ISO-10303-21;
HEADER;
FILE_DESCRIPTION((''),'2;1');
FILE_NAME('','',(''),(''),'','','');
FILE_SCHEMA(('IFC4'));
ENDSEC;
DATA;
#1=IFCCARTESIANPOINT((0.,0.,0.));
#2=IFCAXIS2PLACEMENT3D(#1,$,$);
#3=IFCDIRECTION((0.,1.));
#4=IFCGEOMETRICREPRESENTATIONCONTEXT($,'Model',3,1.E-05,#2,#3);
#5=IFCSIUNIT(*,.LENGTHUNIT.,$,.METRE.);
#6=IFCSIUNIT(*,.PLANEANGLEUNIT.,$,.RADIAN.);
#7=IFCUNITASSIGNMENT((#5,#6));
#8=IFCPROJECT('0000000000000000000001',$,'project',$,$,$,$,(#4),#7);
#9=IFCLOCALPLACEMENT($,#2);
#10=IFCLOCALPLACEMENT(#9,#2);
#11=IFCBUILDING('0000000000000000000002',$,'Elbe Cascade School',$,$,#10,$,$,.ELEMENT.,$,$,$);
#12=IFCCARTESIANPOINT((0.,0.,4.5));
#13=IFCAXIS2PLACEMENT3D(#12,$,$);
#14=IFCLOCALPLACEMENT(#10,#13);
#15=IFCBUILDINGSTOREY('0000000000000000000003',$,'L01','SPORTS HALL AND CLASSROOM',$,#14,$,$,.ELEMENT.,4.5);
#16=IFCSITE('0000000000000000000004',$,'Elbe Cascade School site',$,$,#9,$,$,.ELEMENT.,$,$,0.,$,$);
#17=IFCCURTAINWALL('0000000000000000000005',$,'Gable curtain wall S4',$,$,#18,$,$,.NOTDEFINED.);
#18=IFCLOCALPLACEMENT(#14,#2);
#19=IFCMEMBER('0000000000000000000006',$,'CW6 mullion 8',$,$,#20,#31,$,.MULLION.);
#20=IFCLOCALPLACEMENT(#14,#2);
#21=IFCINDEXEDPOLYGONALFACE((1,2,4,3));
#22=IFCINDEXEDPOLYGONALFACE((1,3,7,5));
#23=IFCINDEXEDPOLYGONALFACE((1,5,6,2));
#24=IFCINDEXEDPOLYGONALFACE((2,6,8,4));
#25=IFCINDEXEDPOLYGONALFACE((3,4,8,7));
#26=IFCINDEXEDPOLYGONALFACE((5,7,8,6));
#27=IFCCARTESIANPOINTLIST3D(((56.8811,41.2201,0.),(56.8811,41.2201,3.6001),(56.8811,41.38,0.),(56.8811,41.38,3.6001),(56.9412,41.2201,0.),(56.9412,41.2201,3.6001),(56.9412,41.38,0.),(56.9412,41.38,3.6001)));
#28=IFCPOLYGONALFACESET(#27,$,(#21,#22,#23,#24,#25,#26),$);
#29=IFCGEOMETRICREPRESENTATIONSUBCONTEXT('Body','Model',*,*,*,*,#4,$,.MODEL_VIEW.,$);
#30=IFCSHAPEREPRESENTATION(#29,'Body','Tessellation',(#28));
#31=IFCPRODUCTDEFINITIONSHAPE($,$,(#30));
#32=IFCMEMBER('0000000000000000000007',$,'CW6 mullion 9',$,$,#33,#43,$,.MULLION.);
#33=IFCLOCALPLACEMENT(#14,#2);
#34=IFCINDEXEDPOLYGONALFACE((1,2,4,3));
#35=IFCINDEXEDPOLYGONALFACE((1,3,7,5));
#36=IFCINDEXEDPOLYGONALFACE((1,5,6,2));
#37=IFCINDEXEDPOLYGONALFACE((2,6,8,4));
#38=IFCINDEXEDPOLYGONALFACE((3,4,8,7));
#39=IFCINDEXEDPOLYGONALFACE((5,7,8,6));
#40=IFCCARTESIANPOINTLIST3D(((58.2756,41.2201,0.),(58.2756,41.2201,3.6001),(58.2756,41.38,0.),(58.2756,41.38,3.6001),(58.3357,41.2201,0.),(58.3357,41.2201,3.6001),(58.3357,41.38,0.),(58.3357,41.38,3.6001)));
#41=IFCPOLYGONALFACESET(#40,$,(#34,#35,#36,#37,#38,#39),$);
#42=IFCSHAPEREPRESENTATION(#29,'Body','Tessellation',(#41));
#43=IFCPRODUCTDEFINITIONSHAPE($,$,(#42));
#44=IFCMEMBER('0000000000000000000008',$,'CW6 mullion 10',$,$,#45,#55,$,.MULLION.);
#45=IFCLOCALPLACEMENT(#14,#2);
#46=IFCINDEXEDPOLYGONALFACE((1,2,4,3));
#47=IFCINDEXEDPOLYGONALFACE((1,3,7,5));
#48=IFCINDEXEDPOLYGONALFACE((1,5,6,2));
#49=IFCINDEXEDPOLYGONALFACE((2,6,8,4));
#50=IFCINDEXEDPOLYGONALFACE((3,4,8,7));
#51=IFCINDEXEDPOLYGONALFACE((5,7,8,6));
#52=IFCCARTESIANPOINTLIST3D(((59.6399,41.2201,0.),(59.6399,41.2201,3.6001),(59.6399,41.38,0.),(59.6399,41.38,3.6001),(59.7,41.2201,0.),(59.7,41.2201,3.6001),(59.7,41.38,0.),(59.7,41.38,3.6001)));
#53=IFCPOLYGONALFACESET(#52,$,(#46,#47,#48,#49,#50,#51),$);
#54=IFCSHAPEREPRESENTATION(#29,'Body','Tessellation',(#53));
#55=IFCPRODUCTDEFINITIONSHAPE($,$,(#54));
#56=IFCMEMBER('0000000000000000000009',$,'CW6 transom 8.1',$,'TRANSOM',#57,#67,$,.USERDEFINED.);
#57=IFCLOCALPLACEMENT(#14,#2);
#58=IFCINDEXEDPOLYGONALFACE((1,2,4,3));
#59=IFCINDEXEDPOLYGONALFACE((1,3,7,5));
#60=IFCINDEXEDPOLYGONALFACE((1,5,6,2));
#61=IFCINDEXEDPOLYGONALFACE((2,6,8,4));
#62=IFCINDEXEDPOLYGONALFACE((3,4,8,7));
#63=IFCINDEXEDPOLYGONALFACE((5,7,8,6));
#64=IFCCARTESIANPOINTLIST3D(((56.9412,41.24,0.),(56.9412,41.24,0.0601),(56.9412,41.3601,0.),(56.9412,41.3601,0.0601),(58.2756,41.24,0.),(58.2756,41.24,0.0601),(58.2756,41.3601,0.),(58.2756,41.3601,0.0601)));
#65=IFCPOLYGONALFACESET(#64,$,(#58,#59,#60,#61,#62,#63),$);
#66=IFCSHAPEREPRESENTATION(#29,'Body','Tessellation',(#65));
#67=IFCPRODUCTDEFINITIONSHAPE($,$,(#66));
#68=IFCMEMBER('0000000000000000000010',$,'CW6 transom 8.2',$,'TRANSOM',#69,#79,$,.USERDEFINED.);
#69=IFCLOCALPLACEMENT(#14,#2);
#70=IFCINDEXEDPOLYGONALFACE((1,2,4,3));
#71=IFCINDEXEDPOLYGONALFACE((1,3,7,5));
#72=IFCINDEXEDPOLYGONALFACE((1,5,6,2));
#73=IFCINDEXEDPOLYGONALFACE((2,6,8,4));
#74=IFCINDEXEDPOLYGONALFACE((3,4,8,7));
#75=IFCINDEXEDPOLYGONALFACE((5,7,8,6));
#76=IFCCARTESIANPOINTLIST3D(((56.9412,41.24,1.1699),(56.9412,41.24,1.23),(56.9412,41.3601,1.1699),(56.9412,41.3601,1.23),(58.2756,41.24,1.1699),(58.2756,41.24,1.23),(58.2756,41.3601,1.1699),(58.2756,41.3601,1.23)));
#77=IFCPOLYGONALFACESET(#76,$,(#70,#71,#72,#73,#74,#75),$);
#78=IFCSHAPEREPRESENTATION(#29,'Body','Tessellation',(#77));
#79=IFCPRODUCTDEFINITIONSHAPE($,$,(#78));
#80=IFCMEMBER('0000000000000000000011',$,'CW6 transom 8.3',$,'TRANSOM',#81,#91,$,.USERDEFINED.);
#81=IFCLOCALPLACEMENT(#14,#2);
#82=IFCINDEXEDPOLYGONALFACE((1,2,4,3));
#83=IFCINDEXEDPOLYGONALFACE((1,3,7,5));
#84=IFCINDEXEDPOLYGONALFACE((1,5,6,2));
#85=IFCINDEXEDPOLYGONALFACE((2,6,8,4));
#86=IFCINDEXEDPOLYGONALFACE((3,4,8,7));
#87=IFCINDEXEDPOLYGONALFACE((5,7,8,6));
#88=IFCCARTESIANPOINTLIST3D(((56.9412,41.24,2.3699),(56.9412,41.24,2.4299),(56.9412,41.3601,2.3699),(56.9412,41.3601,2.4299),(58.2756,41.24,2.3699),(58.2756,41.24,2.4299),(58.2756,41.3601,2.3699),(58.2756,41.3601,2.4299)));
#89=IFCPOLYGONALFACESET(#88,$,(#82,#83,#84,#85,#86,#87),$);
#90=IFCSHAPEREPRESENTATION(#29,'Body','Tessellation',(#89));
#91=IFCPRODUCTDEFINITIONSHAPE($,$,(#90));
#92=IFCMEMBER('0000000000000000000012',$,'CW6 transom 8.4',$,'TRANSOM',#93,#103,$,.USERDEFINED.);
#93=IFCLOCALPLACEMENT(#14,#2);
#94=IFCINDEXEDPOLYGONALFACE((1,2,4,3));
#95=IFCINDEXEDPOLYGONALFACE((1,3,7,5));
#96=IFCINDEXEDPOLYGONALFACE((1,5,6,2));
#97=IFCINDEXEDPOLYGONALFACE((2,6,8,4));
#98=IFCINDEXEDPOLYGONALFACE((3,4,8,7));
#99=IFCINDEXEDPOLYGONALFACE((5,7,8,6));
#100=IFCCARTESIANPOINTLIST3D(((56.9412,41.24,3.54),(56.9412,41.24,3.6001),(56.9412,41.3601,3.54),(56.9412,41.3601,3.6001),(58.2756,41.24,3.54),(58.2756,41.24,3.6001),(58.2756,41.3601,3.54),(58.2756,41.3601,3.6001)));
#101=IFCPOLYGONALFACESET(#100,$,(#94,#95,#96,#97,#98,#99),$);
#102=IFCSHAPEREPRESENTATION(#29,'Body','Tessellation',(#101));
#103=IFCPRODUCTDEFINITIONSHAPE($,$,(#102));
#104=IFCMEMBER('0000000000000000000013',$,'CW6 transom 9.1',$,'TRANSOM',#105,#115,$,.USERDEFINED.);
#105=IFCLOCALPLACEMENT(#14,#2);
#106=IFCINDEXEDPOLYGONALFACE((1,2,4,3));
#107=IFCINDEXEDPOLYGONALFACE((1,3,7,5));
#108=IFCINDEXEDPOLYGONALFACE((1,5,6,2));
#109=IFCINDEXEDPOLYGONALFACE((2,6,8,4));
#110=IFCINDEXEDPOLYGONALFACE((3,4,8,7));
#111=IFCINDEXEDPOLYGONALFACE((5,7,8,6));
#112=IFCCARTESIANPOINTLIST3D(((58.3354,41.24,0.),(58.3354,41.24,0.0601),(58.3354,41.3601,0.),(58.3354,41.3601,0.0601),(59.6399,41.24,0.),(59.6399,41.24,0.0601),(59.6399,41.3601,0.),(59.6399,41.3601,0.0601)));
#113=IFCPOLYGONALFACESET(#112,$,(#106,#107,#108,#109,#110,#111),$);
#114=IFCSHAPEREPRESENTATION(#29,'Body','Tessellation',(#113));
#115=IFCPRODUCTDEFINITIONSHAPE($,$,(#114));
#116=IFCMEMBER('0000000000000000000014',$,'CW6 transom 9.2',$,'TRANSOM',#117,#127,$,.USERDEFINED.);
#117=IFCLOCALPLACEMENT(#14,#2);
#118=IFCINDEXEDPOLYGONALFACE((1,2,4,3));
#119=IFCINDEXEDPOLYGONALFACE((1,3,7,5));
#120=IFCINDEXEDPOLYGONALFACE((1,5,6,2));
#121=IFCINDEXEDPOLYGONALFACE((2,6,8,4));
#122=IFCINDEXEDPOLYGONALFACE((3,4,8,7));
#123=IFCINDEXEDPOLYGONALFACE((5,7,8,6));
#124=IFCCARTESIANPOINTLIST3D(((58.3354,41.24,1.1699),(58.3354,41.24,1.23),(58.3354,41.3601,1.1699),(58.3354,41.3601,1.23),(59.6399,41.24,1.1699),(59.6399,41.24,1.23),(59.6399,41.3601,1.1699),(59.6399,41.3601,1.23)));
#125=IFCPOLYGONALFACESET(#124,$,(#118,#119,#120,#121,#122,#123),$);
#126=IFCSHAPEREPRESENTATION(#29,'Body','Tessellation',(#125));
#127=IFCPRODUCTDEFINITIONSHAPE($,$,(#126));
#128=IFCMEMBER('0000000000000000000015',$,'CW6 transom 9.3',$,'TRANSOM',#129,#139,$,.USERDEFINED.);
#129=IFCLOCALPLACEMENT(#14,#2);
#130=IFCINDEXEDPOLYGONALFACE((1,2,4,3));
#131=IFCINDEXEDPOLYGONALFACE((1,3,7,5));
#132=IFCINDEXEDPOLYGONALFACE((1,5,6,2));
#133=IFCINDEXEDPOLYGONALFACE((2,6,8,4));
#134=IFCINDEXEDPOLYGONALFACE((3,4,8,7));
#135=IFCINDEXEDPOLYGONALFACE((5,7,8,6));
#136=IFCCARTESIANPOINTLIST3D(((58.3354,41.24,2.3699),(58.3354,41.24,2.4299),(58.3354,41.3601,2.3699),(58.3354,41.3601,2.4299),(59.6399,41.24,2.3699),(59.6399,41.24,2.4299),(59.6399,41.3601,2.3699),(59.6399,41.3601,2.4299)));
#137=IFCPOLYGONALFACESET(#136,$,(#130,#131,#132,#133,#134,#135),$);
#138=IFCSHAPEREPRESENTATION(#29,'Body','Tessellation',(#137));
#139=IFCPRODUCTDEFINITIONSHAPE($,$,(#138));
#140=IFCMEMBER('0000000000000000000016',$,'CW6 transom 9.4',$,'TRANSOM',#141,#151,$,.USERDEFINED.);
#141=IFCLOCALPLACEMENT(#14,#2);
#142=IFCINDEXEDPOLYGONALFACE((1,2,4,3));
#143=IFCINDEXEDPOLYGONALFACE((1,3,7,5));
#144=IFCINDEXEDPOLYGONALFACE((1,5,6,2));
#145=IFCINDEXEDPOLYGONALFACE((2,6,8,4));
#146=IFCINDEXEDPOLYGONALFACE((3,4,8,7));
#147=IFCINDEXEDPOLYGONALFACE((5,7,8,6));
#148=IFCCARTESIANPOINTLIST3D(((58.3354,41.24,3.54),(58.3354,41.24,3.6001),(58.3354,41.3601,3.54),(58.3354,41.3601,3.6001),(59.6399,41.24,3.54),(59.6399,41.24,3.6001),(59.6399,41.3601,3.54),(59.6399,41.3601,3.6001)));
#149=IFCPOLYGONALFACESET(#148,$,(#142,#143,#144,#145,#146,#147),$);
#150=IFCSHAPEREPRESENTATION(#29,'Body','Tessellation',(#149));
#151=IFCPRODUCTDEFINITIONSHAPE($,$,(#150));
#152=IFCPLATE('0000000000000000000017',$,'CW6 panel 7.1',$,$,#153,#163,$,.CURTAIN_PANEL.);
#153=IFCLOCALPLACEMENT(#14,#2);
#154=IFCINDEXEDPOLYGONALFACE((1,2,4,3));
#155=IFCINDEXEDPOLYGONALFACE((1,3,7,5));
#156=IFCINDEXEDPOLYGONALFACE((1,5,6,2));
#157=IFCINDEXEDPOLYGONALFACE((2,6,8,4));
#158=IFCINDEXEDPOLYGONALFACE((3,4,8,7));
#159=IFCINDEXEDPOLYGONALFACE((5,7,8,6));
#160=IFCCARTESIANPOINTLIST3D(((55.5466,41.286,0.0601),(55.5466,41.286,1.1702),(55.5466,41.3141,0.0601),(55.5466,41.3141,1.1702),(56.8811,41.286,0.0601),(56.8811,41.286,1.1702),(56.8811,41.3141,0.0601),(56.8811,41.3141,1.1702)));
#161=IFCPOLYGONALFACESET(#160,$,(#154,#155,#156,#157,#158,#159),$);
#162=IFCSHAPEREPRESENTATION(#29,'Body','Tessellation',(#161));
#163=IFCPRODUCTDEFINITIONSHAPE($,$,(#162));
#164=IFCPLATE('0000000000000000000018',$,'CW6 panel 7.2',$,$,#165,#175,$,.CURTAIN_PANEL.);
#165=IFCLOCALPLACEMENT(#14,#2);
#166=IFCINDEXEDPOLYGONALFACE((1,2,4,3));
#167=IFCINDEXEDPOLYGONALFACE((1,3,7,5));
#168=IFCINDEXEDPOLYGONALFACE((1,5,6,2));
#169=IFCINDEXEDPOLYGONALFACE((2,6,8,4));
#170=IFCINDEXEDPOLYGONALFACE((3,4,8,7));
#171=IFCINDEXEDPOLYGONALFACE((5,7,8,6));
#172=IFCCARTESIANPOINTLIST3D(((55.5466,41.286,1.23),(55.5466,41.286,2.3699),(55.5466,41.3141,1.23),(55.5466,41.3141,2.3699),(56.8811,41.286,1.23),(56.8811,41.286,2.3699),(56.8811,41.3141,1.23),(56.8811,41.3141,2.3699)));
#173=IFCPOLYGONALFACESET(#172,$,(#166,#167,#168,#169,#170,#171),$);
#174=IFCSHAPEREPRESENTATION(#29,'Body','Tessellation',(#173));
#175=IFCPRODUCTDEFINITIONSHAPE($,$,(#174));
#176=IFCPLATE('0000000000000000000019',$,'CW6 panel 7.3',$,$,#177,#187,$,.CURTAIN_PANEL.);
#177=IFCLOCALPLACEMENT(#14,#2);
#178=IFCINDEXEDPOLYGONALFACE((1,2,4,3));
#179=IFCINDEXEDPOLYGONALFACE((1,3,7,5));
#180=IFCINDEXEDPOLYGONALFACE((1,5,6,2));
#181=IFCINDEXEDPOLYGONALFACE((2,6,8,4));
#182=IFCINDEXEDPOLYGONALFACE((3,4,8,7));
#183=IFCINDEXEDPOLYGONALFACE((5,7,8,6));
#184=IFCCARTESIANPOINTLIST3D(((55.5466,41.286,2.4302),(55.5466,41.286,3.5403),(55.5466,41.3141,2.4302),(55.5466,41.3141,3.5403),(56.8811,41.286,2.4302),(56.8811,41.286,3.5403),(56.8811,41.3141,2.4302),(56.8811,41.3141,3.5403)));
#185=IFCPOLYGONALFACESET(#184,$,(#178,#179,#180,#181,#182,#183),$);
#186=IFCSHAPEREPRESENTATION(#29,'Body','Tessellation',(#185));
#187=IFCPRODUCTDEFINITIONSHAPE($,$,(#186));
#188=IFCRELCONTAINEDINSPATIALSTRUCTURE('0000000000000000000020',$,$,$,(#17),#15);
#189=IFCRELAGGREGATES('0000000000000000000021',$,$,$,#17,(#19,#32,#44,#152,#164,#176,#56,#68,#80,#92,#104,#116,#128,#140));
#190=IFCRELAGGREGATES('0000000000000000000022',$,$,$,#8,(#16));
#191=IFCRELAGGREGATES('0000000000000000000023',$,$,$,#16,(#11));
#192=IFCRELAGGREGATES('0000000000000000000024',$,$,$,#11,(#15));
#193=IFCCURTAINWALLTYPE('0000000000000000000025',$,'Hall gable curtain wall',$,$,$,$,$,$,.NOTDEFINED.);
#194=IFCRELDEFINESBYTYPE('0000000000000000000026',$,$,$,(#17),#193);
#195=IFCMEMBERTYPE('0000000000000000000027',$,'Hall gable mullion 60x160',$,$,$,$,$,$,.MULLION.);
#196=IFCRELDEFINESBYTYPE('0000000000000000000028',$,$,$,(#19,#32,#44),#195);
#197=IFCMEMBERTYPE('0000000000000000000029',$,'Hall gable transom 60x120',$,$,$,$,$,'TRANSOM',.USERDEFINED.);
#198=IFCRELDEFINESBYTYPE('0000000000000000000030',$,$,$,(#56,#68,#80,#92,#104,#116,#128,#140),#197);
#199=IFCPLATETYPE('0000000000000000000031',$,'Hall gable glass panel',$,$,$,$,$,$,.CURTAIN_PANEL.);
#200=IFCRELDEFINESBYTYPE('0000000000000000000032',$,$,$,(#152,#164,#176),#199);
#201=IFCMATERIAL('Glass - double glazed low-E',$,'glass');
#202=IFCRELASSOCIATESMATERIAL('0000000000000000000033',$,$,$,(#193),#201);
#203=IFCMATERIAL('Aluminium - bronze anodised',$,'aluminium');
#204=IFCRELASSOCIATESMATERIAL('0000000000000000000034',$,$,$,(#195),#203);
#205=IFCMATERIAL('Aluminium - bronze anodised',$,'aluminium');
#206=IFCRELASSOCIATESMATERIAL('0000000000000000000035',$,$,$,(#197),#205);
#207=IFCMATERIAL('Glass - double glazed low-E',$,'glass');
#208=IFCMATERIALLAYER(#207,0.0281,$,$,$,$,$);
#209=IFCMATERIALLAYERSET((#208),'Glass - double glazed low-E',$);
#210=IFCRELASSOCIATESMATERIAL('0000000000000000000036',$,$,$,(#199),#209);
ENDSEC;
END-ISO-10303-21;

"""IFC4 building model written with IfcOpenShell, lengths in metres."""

from ifc_helpers import new_model, si_unit, direction, frame, origin, origin_2d, place, context, subcontext, project, spatial, rectangle, extrude, material, layer, layer_set, material_profile, profile_set, type_object, element, aggregate, save


model = new_model("IFC4")

# Units and contexts
model_context = context("Model", 3, precision=1e-05, world=origin(), true_north=direction((0.0, 1.0)))
body_context = subcontext(model_context, "Body", "Model", "MODEL_VIEW")
ifc_project = project(units=[si_unit("LENGTHUNIT", "METRE"), si_unit("PLANEANGLEUNIT", "RADIAN")], contexts=[model_context])

# Site, building, storey
site_placement = place(None, origin())
site = spatial("IfcSite", under=ifc_project, at=site_placement, Name="Elbe Cascade School site", CompositionType="ELEMENT", RefElevation=0.0)
building_placement = place(site_placement, origin())
building = spatial("IfcBuilding", under=site, at=building_placement, Name="Elbe Cascade School", CompositionType="ELEMENT")
storey_placement = place(building_placement, frame((0.0, 0.0, 4.5)))
storey = spatial("IfcBuildingStorey", under=building, at=storey_placement, Name="L01", Description="SPORTS HALL AND CLASSROOM", CompositionType="ELEMENT", Elevation=4.5)

# Curtain wall, members, plates
ifc_material_1 = material(Name="Glass - double glazed low-E", Category="glass")
curtain_wall_type = type_object("IfcCurtainWallType", Name="Hall gable curtain wall", PredefinedType="NOTDEFINED", material=ifc_material_1)
curtain_wall_placement = place(storey_placement, origin())
curtain_wall = element("IfcCurtainWall", 1, at=curtain_wall_placement, inside=storey, type_object=curtain_wall_type, Name="Gable curtain wall S4", PredefinedType="NOTDEFINED")
ifc_material_2 = material(Name="Aluminium - bronze anodised", Category="aluminium")
ifc_material_profile_1 = material_profile(ifc_material_2, rectangle(XDim=0.1599, YDim=0.0601, at=origin_2d()), Name="Alu 60x160")
ifc_profile_set_1 = profile_set([ifc_material_profile_1], Name="Aluminium - bronze anodised")
member_type_1 = type_object("IfcMemberType", Name="Hall gable mullion 60x160", PredefinedType="MULLION", material=ifc_profile_set_1)
member_1_placement = place(storey_placement, frame((56.9111, 41.3, 0.0), z_axis=(0.0, 0.0, 1.0), x_axis=(0.0, 1.0, 0.0)))
member_1 = element("IfcMember", 2, at=member_1_placement, type_object=member_type_1, Name="CW6 mullion 8", PredefinedType="MULLION", context=body_context, shape_type="SweptSolid", body=[
    extrude(rectangle(XDim=0.1599, YDim=0.0601, at=origin_2d()), origin(), (0.0, 0.0, 1.0), 3.6001),
])
member_2_placement = place(storey_placement, frame((58.3057, 41.3, 0.0), z_axis=(0.0, 0.0, 1.0), x_axis=(0.0, 1.0, 0.0)))
member_2 = element("IfcMember", 3, at=member_2_placement, type_object=member_type_1, Name="CW6 mullion 9", PredefinedType="MULLION", context=body_context, shape_type="SweptSolid", body=[
    extrude(rectangle(XDim=0.1599, YDim=0.0601, at=origin_2d()), origin(), (0.0, 0.0, 1.0), 3.6001),
])
member_3_placement = place(storey_placement, frame((59.6699, 41.3, 0.0), z_axis=(0.0, 0.0, 1.0), x_axis=(0.0, 1.0, 0.0)))
member_3 = element("IfcMember", 4, at=member_3_placement, type_object=member_type_1, Name="CW6 mullion 10", PredefinedType="MULLION", context=body_context, shape_type="SweptSolid", body=[
    extrude(rectangle(XDim=0.1599, YDim=0.0601, at=origin_2d()), origin(), (0.0, 0.0, 1.0), 3.6001),
])
ifc_material_3 = material(Name="Aluminium - bronze anodised", Category="aluminium")
ifc_material_profile_2 = material_profile(ifc_material_3, rectangle(XDim=0.1201, YDim=0.0601, at=origin_2d()), Name="Alu 60x120")
ifc_profile_set_2 = profile_set([ifc_material_profile_2], Name="Aluminium - bronze anodised")
member_type_2 = type_object("IfcMemberType", Name="Hall gable transom 60x120", ElementType="TRANSOM", PredefinedType="USERDEFINED", material=ifc_profile_set_2)
member_4_placement = place(storey_placement, frame((56.9412, 41.3, 0.03), z_axis=(1.0, 0.0, 0.0), x_axis=(0.0, 1.0, 0.0)))
member_4 = element("IfcMember", 5, at=member_4_placement, type_object=member_type_2, Name="CW6 transom 8.1", ObjectType="TRANSOM", PredefinedType="USERDEFINED", context=body_context, shape_type="SweptSolid", body=[
    extrude(rectangle(XDim=0.1201, YDim=0.0601, at=origin_2d()), origin(), (0.0, 0.0, 1.0), 1.3345),
])
member_5_placement = place(storey_placement, frame((56.9412, 41.3, 1.2), z_axis=(1.0, 0.0, 0.0), x_axis=(0.0, 1.0, 0.0)))
member_5 = element("IfcMember", 6, at=member_5_placement, type_object=member_type_2, Name="CW6 transom 8.2", ObjectType="TRANSOM", PredefinedType="USERDEFINED", context=body_context, shape_type="SweptSolid", body=[
    extrude(rectangle(XDim=0.1201, YDim=0.0601, at=origin_2d()), origin(), (0.0, 0.0, 1.0), 1.3345),
])
member_6_placement = place(storey_placement, frame((56.9412, 41.3, 2.3999), z_axis=(1.0, 0.0, 0.0), x_axis=(0.0, 1.0, 0.0)))
member_6 = element("IfcMember", 7, at=member_6_placement, type_object=member_type_2, Name="CW6 transom 8.3", ObjectType="TRANSOM", PredefinedType="USERDEFINED", context=body_context, shape_type="SweptSolid", body=[
    extrude(rectangle(XDim=0.1201, YDim=0.0601, at=origin_2d()), origin(), (0.0, 0.0, 1.0), 1.3345),
])
member_7_placement = place(storey_placement, frame((56.9412, 41.3, 3.5701), z_axis=(1.0, 0.0, 0.0), x_axis=(0.0, 1.0, 0.0)))
member_7 = element("IfcMember", 8, at=member_7_placement, type_object=member_type_2, Name="CW6 transom 8.4", ObjectType="TRANSOM", PredefinedType="USERDEFINED", context=body_context, shape_type="SweptSolid", body=[
    extrude(rectangle(XDim=0.1201, YDim=0.0601, at=origin_2d()), origin(), (0.0, 0.0, 1.0), 1.3345),
])
member_8_placement = place(storey_placement, frame((58.3354, 41.3, 0.03), z_axis=(1.0, 0.0, 0.0), x_axis=(0.0, 1.0, 0.0)))
member_8 = element("IfcMember", 9, at=member_8_placement, type_object=member_type_2, Name="CW6 transom 9.1", ObjectType="TRANSOM", PredefinedType="USERDEFINED", context=body_context, shape_type="SweptSolid", body=[
    extrude(rectangle(XDim=0.1201, YDim=0.0601, at=origin_2d()), origin(), (0.0, 0.0, 1.0), 1.3044),
])
member_9_placement = place(storey_placement, frame((58.3354, 41.3, 1.2), z_axis=(1.0, 0.0, 0.0), x_axis=(0.0, 1.0, 0.0)))
member_9 = element("IfcMember", 10, at=member_9_placement, type_object=member_type_2, Name="CW6 transom 9.2", ObjectType="TRANSOM", PredefinedType="USERDEFINED", context=body_context, shape_type="SweptSolid", body=[
    extrude(rectangle(XDim=0.1201, YDim=0.0601, at=origin_2d()), origin(), (0.0, 0.0, 1.0), 1.3044),
])
member_10_placement = place(storey_placement, frame((58.3354, 41.3, 2.3999), z_axis=(1.0, 0.0, 0.0), x_axis=(0.0, 1.0, 0.0)))
member_10 = element("IfcMember", 11, at=member_10_placement, type_object=member_type_2, Name="CW6 transom 9.3", ObjectType="TRANSOM", PredefinedType="USERDEFINED", context=body_context, shape_type="SweptSolid", body=[
    extrude(rectangle(XDim=0.1201, YDim=0.0601, at=origin_2d()), origin(), (0.0, 0.0, 1.0), 1.3044),
])
member_11_placement = place(storey_placement, frame((58.3354, 41.3, 3.5701), z_axis=(1.0, 0.0, 0.0), x_axis=(0.0, 1.0, 0.0)))
member_11 = element("IfcMember", 12, at=member_11_placement, type_object=member_type_2, Name="CW6 transom 9.4", ObjectType="TRANSOM", PredefinedType="USERDEFINED", context=body_context, shape_type="SweptSolid", body=[
    extrude(rectangle(XDim=0.1201, YDim=0.0601, at=origin_2d()), origin(), (0.0, 0.0, 1.0), 1.3044),
])
ifc_material_4 = material(Name="Glass - double glazed low-E", Category="glass")
ifc_layer_1 = layer(ifc_material_4, 0.0281)
ifc_layer_set_1 = layer_set([ifc_layer_1], Name="Glass - double glazed low-E")
plate_type = type_object("IfcPlateType", Name="Hall gable glass panel", PredefinedType="CURTAIN_PANEL", material=ifc_layer_set_1)
plate_1_placement = place(storey_placement, frame((56.2139, 41.3, 0.0601), z_axis=(0.0, 0.0, 1.0), x_axis=(1.0, 0.0, 0.0)))
plate_1 = element("IfcPlate", 13, at=plate_1_placement, type_object=plate_type, Name="CW6 panel 7.1", PredefinedType="CURTAIN_PANEL", context=body_context, shape_type="SweptSolid", body=[
    extrude(rectangle(XDim=1.3345, YDim=0.0281, at=origin_2d()), origin(), (0.0, 0.0, 1.0), 1.1101),
])
plate_2_placement = place(storey_placement, frame((56.2139, 41.3, 1.23), z_axis=(0.0, 0.0, 1.0), x_axis=(1.0, 0.0, 0.0)))
plate_2 = element("IfcPlate", 14, at=plate_2_placement, type_object=plate_type, Name="CW6 panel 7.2", PredefinedType="CURTAIN_PANEL", context=body_context, shape_type="SweptSolid", body=[
    extrude(rectangle(XDim=1.3345, YDim=0.0281, at=origin_2d()), origin(), (0.0, 0.0, 1.0), 1.1399),
])
plate_3_placement = place(storey_placement, frame((56.2139, 41.3, 2.4302), z_axis=(0.0, 0.0, 1.0), x_axis=(1.0, 0.0, 0.0)))
plate_3 = element("IfcPlate", 15, at=plate_3_placement, type_object=plate_type, Name="CW6 panel 7.3", PredefinedType="CURTAIN_PANEL", context=body_context, shape_type="SweptSolid", body=[
    extrude(rectangle(XDim=1.3345, YDim=0.0281, at=origin_2d()), origin(), (0.0, 0.0, 1.0), 1.1101),
])
aggregate(curtain_wall, [member_1, member_2, member_3, plate_1, plate_2, plate_3, member_4, member_5, member_6, member_7, member_8, member_9, member_10, member_11])

save(model, "model.ifc")
